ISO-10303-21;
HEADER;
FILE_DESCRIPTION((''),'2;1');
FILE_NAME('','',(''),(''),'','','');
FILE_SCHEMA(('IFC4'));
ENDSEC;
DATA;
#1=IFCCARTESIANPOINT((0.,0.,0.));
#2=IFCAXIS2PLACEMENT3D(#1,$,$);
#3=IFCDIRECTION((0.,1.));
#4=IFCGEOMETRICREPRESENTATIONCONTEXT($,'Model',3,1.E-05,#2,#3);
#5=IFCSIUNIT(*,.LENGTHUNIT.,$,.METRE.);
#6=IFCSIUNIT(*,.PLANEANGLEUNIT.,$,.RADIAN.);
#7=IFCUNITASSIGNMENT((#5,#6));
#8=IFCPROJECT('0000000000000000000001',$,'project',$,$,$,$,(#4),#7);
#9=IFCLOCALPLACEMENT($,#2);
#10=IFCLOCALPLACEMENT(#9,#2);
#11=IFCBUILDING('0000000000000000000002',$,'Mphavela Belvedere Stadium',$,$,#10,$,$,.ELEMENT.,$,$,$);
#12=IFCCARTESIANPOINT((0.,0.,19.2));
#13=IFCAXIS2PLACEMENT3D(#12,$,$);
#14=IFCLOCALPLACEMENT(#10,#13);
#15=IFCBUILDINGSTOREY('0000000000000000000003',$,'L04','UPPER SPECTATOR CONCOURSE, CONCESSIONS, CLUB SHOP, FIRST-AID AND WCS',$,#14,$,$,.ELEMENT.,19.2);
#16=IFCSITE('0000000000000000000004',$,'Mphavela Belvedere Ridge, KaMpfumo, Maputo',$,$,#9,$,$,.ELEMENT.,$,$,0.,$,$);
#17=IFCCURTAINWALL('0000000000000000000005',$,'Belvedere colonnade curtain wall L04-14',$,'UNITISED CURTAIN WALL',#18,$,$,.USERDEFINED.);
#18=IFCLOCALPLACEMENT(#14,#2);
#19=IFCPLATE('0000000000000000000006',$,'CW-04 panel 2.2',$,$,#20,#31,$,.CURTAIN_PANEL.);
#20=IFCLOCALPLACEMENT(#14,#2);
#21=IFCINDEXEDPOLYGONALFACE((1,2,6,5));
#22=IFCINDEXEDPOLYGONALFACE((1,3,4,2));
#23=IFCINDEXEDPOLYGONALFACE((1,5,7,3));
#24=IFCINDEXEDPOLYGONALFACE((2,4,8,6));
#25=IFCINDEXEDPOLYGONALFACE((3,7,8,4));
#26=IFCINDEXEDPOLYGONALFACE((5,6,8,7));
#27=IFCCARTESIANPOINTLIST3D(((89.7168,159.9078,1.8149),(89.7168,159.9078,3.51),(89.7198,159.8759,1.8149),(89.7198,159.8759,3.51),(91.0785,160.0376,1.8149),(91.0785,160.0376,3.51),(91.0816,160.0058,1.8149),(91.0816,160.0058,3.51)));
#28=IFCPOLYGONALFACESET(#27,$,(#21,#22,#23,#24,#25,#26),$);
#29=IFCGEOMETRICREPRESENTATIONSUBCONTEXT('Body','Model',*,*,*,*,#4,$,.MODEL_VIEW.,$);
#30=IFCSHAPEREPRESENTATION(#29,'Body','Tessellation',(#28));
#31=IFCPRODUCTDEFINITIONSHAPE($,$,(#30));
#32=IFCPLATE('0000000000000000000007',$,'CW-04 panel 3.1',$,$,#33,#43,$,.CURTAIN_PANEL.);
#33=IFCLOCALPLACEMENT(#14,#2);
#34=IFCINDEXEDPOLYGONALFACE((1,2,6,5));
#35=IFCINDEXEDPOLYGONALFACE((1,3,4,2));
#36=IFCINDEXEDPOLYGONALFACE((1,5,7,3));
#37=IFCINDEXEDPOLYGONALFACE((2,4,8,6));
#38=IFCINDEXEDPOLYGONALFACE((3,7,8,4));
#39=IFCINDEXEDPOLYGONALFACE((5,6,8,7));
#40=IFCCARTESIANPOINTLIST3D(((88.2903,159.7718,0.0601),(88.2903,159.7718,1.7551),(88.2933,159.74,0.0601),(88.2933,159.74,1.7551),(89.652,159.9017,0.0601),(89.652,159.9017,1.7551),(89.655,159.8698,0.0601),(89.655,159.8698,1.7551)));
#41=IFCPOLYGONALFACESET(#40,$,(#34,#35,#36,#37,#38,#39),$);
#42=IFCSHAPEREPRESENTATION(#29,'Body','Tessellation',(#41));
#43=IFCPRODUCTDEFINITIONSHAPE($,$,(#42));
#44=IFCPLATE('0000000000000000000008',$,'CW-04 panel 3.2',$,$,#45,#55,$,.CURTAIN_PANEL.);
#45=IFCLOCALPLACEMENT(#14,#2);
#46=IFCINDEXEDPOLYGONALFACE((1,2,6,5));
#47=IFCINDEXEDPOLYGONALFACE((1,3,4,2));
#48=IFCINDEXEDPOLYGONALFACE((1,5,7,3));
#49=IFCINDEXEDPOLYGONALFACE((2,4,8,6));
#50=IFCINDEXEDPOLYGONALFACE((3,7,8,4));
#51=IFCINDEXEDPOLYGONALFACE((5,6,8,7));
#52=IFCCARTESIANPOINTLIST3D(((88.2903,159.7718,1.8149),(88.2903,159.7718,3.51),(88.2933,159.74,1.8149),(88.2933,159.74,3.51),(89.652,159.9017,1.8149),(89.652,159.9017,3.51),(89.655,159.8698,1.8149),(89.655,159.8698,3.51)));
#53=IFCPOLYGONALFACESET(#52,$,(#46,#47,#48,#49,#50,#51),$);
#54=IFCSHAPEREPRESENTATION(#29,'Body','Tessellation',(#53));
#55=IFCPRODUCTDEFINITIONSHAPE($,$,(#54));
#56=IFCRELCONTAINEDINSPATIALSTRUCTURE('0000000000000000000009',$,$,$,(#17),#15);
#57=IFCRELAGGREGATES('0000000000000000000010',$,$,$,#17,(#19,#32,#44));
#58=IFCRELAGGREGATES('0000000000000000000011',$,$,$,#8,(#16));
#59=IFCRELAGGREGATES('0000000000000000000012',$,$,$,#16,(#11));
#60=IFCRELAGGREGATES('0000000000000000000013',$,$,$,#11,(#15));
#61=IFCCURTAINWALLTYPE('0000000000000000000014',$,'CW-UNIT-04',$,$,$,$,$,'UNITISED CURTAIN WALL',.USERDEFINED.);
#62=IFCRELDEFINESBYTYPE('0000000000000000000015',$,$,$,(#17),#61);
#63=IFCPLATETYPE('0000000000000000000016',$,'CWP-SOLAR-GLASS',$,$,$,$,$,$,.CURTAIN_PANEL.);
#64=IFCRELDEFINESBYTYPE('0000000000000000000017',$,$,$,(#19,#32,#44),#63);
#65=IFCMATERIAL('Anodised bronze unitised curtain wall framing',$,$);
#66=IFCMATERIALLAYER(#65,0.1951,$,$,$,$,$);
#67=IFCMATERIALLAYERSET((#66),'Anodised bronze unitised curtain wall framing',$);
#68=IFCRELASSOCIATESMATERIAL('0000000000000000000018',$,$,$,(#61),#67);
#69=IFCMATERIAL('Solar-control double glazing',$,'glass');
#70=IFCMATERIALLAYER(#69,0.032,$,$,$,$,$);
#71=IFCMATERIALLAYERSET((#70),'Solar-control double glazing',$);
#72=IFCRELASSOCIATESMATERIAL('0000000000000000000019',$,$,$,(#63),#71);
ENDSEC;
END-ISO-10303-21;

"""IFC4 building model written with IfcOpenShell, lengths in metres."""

from ifc_helpers import new_model, si_unit, direction, frame, origin, origin_2d, place, context, subcontext, project, spatial, rectangle, extrude, material, layer, layer_set, type_object, element, aggregate, save


model = new_model("IFC4")

# Units and contexts
model_context = context("Model", 3, precision=1e-05, world=origin(), true_north=direction((0.0, 1.0)))
body_context = subcontext(model_context, "Body", "Model", "MODEL_VIEW")
ifc_project = project(units=[si_unit("LENGTHUNIT", "METRE"), si_unit("PLANEANGLEUNIT", "RADIAN")], contexts=[model_context])

# Site, building, storey
site_placement = place(None, origin())
site = spatial("IfcSite", under=ifc_project, at=site_placement, Name="Mphavela Belvedere Ridge, KaMpfumo, Maputo", CompositionType="ELEMENT", RefElevation=0.0)
building_placement = place(site_placement, origin())
building = spatial("IfcBuilding", under=site, at=building_placement, Name="Mphavela Belvedere Stadium", CompositionType="ELEMENT")
storey_placement = place(building_placement, frame((0.0, 0.0, 19.2)))
storey = spatial("IfcBuildingStorey", under=building, at=storey_placement, Name="L04", Description="UPPER SPECTATOR CONCOURSE, CONCESSIONS, CLUB SHOP, FIRST-AID AND WCS", CompositionType="ELEMENT", Elevation=19.2)

# Curtain wall
ifc_material_1 = material(Name="Anodised bronze unitised curtain wall framing")
ifc_layer_1 = layer(ifc_material_1, 0.1951)
ifc_layer_set_1 = layer_set([ifc_layer_1], Name="Anodised bronze unitised curtain wall framing")
curtain_wall_type_1 = type_object("IfcCurtainWallType", Name="CW-UNIT-04", ElementType="UNITISED CURTAIN WALL", PredefinedType="USERDEFINED", material=ifc_layer_set_1)
curtain_wall_1_placement = place(storey_placement, origin())
curtain_wall_1 = element("IfcCurtainWall", 1, at=curtain_wall_1_placement, inside=storey, type_object=curtain_wall_type_1, Name="Belvedere colonnade curtain wall L04-14", ObjectType="UNITISED CURTAIN WALL", PredefinedType="USERDEFINED")

# Plates
ifc_material_2 = material(Name="Solar-control double glazing", Category="glass")
ifc_layer_2 = layer(ifc_material_2, 0.032)
ifc_layer_set_2 = layer_set([ifc_layer_2], Name="Solar-control double glazing")
plate_type = type_object("IfcPlateType", Name="CWP-SOLAR-GLASS", PredefinedType="CURTAIN_PANEL", material=ifc_layer_set_2)
plate_1_placement = place(storey_placement, frame((90.3992, 159.9568, 1.8149), z_axis=(0.0, 0.0, 1.0), x_axis=(-0.995484, -0.094933, 0.0)))
plate_1 = element("IfcPlate", 2, at=plate_1_placement, type_object=plate_type, Name="CW-04 panel 2.2", PredefinedType="CURTAIN_PANEL", context=body_context, shape_type="SweptSolid", body=[
    extrude(rectangle(XDim=1.3679, YDim=0.032, at=origin_2d()), origin(), (0.0, 0.0, 1.0), 1.6951),
])
plate_2_placement = place(storey_placement, frame((88.9727, 159.8208, 0.0601), z_axis=(0.0, 0.0, 1.0), x_axis=(-0.995484, -0.094933, 0.0)))
plate_2 = element("IfcPlate", 3, at=plate_2_placement, type_object=plate_type, Name="CW-04 panel 3.1", PredefinedType="CURTAIN_PANEL", context=body_context, shape_type="SweptSolid", body=[
    extrude(rectangle(XDim=1.3679, YDim=0.032, at=origin_2d()), origin(), (0.0, 0.0, 1.0), 1.6951),
])
plate_3_placement = place(storey_placement, frame((88.9727, 159.8208, 1.8149), z_axis=(0.0, 0.0, 1.0), x_axis=(-0.995484, -0.094933, 0.0)))
plate_3 = element("IfcPlate", 4, at=plate_3_placement, type_object=plate_type, Name="CW-04 panel 3.2", PredefinedType="CURTAIN_PANEL", context=body_context, shape_type="SweptSolid", body=[
    extrude(rectangle(XDim=1.3679, YDim=0.032, at=origin_2d()), origin(), (0.0, 0.0, 1.0), 1.6951),
])
aggregate(curtain_wall_1, [plate_1, plate_2, plate_3])

save(model, "model.ifc")
